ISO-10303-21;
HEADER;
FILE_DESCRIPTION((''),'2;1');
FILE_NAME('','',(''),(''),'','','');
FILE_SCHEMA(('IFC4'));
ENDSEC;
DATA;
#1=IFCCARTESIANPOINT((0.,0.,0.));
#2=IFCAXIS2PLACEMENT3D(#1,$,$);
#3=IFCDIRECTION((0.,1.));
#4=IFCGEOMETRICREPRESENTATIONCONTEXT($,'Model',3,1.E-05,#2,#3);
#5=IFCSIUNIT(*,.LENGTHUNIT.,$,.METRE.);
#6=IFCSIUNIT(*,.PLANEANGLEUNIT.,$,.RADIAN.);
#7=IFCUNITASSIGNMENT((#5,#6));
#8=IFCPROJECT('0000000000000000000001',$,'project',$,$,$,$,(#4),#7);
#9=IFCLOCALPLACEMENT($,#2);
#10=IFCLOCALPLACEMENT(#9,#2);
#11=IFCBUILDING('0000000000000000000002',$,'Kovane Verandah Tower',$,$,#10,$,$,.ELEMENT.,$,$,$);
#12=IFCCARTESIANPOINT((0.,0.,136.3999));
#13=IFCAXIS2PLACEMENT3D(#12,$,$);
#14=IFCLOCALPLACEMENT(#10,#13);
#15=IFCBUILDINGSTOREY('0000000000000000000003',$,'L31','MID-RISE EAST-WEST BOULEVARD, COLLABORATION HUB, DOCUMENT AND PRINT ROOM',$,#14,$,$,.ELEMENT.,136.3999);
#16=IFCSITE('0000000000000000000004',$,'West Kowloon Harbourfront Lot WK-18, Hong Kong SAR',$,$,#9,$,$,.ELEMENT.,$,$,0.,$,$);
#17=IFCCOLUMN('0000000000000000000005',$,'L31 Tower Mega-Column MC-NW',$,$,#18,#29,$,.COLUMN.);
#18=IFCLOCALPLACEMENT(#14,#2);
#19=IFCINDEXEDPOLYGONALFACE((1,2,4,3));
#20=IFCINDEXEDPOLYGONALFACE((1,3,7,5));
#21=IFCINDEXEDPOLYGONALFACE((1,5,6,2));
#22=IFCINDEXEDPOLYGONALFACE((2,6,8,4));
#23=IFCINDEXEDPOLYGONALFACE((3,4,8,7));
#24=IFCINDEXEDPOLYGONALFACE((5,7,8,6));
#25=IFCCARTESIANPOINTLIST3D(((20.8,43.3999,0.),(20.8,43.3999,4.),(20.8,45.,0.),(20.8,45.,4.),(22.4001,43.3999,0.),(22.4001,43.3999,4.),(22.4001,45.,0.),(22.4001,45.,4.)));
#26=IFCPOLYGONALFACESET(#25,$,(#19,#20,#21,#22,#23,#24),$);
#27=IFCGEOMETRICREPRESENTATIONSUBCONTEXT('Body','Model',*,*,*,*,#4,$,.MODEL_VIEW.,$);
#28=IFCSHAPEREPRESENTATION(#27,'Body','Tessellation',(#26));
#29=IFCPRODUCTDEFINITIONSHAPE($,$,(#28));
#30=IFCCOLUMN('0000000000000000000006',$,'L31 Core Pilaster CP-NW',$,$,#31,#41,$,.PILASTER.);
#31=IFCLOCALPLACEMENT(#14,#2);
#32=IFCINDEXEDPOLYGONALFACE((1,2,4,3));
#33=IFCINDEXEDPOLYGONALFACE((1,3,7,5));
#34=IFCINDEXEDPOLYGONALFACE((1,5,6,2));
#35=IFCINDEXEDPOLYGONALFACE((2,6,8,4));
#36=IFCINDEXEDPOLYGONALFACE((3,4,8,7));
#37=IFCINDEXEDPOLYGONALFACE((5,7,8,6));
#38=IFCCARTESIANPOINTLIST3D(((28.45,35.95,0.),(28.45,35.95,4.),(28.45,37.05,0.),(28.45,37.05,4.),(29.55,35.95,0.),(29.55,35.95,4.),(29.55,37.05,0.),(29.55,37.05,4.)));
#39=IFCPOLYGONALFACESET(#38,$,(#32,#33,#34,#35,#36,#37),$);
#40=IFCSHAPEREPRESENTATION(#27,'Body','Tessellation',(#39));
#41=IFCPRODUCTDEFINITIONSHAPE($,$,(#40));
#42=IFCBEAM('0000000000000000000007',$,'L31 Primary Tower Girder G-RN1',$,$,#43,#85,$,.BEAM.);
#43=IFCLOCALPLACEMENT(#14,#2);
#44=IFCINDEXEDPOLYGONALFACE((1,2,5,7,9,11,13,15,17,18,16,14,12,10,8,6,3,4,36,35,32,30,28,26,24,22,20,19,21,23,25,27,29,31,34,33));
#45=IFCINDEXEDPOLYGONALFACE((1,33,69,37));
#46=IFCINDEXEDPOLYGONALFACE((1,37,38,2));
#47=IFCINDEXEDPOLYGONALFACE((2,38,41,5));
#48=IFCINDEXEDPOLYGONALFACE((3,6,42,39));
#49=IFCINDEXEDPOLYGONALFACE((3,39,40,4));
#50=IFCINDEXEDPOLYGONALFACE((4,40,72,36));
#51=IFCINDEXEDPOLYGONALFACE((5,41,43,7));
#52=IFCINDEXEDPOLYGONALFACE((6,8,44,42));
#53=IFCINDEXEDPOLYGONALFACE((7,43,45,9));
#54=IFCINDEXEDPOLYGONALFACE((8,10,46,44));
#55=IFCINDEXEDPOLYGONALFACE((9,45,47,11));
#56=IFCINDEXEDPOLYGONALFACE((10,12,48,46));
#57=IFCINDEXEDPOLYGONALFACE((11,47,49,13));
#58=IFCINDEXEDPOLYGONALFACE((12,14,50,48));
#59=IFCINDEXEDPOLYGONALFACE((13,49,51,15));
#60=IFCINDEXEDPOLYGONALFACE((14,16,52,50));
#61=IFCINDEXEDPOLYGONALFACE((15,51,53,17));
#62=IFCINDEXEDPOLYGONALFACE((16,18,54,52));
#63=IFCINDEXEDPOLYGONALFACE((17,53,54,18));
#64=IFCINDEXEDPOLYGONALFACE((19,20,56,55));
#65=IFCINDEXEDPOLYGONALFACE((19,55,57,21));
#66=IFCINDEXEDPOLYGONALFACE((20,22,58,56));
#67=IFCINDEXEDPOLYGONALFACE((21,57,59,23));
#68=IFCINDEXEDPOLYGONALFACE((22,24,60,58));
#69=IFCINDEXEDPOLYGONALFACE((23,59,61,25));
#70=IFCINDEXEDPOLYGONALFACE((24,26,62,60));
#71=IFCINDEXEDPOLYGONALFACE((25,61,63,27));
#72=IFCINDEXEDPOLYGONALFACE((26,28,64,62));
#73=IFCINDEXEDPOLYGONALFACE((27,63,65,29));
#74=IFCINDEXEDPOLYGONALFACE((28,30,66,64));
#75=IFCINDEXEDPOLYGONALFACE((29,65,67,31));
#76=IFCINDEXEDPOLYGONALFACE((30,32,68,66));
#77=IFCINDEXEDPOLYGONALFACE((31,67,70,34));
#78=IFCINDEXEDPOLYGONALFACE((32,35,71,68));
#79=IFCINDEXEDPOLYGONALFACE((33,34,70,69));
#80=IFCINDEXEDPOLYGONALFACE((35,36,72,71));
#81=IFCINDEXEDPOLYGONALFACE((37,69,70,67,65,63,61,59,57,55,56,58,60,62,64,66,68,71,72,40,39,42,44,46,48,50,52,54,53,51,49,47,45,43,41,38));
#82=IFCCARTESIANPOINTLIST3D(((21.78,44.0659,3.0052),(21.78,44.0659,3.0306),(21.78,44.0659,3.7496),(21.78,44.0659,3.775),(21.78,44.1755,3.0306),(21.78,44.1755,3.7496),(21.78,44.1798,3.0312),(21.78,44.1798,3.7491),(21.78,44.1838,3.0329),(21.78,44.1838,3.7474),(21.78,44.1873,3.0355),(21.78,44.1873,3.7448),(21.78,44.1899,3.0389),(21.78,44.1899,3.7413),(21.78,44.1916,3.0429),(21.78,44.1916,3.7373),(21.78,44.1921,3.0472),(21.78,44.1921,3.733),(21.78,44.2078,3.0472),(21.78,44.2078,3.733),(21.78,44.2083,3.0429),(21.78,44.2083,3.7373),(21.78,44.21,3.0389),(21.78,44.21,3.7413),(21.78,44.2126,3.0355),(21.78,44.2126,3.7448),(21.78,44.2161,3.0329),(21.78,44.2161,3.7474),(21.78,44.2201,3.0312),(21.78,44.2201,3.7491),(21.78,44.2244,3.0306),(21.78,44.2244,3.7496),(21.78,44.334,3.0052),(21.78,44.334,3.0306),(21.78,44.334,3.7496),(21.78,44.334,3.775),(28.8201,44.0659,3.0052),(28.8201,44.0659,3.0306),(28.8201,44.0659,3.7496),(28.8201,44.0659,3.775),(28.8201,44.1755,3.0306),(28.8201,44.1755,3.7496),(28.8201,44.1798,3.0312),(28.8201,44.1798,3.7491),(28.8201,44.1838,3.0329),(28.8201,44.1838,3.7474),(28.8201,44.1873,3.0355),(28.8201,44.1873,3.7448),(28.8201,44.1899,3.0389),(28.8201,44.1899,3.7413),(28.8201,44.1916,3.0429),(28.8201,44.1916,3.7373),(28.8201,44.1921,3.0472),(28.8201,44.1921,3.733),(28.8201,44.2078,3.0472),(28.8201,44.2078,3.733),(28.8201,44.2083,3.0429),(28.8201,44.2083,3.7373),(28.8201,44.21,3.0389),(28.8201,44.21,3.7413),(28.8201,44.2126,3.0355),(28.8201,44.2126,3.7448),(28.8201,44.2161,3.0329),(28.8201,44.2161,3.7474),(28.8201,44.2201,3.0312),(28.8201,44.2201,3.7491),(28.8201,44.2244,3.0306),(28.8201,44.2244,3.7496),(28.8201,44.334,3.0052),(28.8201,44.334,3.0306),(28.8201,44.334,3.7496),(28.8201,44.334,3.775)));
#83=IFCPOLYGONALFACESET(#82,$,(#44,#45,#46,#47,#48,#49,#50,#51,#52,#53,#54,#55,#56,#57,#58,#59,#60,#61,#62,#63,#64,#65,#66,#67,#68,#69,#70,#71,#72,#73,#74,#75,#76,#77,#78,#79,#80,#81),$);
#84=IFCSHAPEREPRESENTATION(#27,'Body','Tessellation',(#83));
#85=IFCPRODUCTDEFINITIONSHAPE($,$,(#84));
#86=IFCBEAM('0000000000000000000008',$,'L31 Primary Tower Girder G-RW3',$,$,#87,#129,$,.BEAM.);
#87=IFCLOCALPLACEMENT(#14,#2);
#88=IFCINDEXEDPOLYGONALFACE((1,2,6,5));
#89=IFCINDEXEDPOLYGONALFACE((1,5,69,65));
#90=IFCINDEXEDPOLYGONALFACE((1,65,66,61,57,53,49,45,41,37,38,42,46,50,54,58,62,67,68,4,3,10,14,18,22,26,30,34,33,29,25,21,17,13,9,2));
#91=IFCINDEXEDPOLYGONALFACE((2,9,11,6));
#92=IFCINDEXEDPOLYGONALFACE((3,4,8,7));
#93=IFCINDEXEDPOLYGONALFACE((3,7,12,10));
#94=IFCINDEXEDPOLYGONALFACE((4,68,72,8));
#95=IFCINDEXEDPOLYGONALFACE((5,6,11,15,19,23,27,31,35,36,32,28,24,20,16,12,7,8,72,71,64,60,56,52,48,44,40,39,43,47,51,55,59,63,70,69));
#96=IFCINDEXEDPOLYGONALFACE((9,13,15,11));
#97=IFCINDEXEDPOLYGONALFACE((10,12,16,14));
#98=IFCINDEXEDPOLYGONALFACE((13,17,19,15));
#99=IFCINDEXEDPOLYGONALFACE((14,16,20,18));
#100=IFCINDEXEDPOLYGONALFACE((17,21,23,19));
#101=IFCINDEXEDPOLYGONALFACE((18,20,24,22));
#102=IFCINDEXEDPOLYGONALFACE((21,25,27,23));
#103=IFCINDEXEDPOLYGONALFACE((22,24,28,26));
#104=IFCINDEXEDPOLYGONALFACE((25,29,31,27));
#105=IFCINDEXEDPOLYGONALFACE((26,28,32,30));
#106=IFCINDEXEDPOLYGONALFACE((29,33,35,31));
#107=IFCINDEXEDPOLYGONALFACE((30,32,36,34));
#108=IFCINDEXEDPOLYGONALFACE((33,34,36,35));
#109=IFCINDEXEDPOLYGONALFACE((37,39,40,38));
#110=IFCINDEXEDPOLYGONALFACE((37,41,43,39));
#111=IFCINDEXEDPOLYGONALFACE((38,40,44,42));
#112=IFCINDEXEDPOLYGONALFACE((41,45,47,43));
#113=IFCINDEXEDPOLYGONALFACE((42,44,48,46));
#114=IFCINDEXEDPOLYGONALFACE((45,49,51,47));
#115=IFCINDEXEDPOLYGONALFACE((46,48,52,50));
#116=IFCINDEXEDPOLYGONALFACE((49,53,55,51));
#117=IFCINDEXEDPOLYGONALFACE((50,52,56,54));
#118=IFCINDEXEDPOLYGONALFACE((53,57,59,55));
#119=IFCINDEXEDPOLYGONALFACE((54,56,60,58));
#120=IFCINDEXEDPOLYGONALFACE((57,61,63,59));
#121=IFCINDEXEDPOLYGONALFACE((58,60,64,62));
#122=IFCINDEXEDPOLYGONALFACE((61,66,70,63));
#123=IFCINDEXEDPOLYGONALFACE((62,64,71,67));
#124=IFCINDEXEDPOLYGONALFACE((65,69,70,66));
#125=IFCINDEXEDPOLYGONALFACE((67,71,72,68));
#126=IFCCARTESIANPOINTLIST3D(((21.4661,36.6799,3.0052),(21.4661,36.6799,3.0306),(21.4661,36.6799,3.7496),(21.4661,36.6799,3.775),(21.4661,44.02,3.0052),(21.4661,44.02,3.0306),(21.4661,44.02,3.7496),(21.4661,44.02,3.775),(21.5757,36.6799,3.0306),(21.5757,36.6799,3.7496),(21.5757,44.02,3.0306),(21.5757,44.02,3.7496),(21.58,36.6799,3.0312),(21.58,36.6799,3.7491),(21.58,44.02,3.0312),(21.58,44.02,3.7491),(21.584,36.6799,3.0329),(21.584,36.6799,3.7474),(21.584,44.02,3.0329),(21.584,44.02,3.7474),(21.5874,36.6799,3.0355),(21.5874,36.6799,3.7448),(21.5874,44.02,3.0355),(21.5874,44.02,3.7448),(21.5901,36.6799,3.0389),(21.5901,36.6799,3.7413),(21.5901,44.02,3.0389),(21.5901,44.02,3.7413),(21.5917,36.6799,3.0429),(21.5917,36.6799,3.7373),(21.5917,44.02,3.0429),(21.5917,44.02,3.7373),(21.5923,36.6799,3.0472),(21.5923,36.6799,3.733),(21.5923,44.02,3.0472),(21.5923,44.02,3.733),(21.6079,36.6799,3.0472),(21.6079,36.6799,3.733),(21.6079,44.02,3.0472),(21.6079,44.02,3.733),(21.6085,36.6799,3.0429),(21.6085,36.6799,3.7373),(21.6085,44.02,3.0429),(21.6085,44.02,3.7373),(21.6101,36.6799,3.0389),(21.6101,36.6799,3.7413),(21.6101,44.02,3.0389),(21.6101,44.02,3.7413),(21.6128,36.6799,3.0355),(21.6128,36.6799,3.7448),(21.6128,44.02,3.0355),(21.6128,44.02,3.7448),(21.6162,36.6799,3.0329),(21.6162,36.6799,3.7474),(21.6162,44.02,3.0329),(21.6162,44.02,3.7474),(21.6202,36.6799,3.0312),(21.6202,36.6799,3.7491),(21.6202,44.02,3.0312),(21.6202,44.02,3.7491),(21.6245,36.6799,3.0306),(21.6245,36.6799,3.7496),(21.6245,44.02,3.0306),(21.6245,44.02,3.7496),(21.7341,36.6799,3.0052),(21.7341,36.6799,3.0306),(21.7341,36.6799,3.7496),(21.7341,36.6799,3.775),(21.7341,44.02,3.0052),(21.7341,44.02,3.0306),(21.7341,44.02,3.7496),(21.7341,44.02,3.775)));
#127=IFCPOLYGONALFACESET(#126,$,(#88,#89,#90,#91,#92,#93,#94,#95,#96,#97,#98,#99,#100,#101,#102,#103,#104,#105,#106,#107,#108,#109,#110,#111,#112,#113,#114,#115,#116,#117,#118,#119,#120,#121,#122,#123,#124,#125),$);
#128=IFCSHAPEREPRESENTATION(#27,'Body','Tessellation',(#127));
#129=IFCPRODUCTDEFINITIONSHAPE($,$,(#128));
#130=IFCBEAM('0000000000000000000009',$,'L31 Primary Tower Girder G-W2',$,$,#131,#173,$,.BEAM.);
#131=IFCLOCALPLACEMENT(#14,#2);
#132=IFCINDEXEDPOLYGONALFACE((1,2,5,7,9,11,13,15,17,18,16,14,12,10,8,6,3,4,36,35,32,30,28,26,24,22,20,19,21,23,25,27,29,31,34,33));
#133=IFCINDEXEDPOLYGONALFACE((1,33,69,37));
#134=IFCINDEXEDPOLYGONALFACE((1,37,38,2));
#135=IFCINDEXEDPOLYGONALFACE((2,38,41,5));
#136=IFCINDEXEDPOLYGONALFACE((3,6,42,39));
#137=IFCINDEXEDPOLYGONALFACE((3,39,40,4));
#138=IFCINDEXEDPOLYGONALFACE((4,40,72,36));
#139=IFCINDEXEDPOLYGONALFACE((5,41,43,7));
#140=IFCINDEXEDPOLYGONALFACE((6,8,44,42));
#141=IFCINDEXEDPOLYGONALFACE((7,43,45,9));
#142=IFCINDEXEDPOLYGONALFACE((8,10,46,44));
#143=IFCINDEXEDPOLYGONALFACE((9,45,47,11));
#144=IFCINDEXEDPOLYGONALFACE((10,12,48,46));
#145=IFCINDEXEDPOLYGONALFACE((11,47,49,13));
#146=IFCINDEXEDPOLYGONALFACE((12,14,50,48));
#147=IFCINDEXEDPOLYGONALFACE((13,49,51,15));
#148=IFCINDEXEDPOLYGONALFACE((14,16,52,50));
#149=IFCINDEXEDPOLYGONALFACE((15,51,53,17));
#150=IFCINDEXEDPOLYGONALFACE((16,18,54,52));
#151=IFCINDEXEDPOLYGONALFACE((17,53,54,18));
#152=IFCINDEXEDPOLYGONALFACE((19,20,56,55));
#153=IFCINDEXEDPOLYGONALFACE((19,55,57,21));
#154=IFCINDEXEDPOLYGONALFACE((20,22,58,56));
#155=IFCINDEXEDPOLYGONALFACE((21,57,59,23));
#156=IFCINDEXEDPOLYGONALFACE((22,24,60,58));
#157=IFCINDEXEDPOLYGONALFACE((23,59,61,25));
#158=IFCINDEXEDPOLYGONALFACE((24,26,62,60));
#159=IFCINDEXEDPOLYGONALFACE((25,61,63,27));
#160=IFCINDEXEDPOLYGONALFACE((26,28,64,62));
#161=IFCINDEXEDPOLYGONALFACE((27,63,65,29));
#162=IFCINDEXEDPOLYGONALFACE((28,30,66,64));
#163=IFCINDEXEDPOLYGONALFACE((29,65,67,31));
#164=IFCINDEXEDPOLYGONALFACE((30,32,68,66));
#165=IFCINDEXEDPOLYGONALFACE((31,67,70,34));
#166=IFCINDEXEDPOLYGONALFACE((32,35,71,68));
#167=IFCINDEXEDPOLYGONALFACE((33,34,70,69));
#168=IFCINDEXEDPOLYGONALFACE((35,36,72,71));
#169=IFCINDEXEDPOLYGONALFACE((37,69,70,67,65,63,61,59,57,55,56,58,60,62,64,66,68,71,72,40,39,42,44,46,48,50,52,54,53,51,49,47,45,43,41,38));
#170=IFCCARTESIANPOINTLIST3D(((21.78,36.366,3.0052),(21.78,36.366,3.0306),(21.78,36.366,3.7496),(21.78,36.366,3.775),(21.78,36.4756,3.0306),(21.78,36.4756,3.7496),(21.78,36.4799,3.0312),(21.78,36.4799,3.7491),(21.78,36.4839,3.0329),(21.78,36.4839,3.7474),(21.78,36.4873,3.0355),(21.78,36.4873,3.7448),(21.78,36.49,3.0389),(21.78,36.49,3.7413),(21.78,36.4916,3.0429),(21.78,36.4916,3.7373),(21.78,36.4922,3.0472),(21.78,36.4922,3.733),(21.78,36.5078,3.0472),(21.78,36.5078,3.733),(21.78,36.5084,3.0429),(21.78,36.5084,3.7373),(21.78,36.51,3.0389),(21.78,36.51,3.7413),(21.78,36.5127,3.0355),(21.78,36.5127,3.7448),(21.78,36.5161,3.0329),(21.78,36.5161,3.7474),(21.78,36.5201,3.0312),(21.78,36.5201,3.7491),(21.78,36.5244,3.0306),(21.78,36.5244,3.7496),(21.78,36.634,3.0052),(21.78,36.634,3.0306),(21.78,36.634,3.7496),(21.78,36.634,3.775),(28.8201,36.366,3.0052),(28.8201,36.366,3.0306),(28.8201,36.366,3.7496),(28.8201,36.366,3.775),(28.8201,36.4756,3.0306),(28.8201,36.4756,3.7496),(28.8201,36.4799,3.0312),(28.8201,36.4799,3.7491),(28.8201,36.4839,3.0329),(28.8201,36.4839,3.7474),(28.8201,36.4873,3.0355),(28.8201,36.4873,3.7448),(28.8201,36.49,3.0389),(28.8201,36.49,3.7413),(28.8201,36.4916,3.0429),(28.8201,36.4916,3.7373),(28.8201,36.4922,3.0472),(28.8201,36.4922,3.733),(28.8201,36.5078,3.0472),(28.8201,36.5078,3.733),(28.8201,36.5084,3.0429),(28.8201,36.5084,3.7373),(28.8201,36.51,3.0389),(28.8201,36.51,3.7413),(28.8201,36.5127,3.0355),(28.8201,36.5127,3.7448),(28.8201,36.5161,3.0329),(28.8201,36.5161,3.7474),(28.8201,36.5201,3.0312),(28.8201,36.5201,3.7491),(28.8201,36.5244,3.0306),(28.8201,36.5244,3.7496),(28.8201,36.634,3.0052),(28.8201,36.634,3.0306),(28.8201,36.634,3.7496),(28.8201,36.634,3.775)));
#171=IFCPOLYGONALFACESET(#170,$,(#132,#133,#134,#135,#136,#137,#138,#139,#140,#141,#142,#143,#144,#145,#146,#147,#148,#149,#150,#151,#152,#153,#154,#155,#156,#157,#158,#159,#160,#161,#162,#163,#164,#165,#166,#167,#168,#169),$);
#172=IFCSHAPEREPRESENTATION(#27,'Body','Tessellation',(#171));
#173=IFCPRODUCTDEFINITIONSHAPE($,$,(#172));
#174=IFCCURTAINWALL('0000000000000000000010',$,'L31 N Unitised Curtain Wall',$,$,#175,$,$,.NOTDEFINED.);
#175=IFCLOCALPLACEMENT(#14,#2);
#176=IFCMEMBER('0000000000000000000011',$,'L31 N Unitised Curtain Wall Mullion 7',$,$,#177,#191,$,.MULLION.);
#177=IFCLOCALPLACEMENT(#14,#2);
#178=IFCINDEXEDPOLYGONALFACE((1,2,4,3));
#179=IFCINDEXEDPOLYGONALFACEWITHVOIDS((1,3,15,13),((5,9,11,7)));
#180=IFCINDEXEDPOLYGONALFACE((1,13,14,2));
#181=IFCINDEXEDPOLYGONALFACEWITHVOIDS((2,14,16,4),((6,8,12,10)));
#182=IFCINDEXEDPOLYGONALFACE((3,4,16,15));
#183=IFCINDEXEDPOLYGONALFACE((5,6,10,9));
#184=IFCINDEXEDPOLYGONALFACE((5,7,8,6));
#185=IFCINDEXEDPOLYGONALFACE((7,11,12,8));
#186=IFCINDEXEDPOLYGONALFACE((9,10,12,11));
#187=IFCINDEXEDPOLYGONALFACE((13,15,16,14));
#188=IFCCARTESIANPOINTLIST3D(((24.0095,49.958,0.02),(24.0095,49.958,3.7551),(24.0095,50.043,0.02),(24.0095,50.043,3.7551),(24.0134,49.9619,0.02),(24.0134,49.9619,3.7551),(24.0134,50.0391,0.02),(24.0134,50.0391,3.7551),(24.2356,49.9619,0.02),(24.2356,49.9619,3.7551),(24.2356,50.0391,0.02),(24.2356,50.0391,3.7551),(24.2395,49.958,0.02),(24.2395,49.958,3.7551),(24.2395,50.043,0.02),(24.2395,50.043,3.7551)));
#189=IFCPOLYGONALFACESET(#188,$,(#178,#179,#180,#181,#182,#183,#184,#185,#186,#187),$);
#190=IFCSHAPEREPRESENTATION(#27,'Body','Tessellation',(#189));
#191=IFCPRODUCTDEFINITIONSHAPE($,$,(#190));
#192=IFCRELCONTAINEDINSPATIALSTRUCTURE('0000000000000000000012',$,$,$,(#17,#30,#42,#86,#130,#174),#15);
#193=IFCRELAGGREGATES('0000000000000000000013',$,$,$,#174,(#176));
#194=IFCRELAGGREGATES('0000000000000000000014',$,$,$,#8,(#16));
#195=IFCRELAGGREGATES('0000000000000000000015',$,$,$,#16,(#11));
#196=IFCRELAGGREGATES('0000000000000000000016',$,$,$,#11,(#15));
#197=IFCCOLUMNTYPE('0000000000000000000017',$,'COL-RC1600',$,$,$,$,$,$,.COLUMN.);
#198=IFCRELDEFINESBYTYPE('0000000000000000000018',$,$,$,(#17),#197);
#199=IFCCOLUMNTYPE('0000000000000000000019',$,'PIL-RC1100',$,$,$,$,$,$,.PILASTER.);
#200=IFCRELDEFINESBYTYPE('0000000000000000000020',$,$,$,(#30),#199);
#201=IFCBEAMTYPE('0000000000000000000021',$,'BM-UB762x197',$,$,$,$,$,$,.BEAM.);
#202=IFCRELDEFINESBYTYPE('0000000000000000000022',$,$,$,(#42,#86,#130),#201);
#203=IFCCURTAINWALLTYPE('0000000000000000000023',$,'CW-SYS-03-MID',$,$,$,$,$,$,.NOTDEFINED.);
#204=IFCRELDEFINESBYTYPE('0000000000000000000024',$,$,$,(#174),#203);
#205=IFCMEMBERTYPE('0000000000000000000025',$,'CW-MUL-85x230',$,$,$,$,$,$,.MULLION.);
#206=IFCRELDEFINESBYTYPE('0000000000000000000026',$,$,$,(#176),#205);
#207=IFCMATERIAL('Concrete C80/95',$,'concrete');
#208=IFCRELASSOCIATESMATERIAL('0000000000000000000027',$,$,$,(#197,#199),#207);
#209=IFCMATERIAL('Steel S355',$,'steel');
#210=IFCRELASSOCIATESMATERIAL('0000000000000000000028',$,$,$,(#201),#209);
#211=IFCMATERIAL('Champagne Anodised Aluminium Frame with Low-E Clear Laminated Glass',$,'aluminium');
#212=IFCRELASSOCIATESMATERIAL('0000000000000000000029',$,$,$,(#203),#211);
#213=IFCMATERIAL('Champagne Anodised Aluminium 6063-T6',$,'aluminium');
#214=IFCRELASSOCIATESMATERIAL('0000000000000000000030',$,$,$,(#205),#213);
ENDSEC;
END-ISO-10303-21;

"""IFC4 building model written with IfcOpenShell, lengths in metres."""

from ifc_helpers import new_model, si_unit, direction, frame, origin, origin_2d, place, context, subcontext, project, spatial, rectangle, hollow_rectangle, i_section, extrude, material, material_profile, profile_set, type_object, element, aggregate, save


model = new_model("IFC4")

# Units and contexts
model_context = context("Model", 3, precision=1e-05, world=origin(), true_north=direction((0.0, 1.0)))
body_context = subcontext(model_context, "Body", "Model", "MODEL_VIEW")
ifc_project = project(units=[si_unit("LENGTHUNIT", "METRE"), si_unit("PLANEANGLEUNIT", "RADIAN")], contexts=[model_context])

# Site, building, storey
site_placement = place(None, origin())
site = spatial("IfcSite", under=ifc_project, at=site_placement, Name="West Kowloon Harbourfront Lot WK-18, Hong Kong SAR", CompositionType="ELEMENT", RefElevation=0.0)
building_placement = place(site_placement, origin())
building = spatial("IfcBuilding", under=site, at=building_placement, Name="Kovane Verandah Tower", CompositionType="ELEMENT")
storey_placement = place(building_placement, frame((0.0, 0.0, 136.3999)))
storey = spatial("IfcBuildingStorey", under=building, at=storey_placement, Name="L31", Description="MID-RISE EAST-WEST BOULEVARD, COLLABORATION HUB, DOCUMENT AND PRINT ROOM", CompositionType="ELEMENT", Elevation=136.3999)

# Columns
ifc_material_1 = material(Name="Concrete C80/95", Category="concrete")
ifc_material_profile_1 = material_profile(ifc_material_1, rectangle(XDim=1.6001, YDim=1.6001, at=origin_2d()), Name="RC1600x1600")
ifc_profile_set_1 = profile_set([ifc_material_profile_1], Name="Concrete C80/95")
column_type_1 = type_object("IfcColumnType", Name="COL-RC1600", PredefinedType="COLUMN", material=ifc_profile_set_1)
column_1_placement = place(storey_placement, frame((21.6001, 44.2, 0.0), z_axis=(0.0, 0.0, 1.0), x_axis=(1.0, 0.0, 0.0)))
element("IfcColumn", 1, at=column_1_placement, inside=storey, type_object=column_type_1, Name="L31 Tower Mega-Column MC-NW", PredefinedType="COLUMN", context=body_context, shape_type="SweptSolid", body=[
    extrude(rectangle(XDim=1.6001, YDim=1.6001, at=origin_2d()), origin(), (0.0, 0.0, 1.0), 4.0),
])
ifc_material_profile_2 = material_profile(ifc_material_1, rectangle(XDim=1.1001, YDim=1.1001, at=origin_2d()), Name="RC1100x1100")
ifc_profile_set_2 = profile_set([ifc_material_profile_2], Name="Concrete C80/95")
column_type_2 = type_object("IfcColumnType", Name="PIL-RC1100", PredefinedType="PILASTER", material=ifc_profile_set_2)
column_2_placement = place(storey_placement, frame((29.0, 36.5, 0.0), z_axis=(0.0, 0.0, 1.0), x_axis=(1.0, 0.0, 0.0)))
element("IfcColumn", 2, at=column_2_placement, inside=storey, type_object=column_type_2, Name="L31 Core Pilaster CP-NW", PredefinedType="PILASTER", context=body_context, shape_type="SweptSolid", body=[
    extrude(rectangle(XDim=1.1001, YDim=1.1001, at=origin_2d()), origin(), (0.0, 0.0, 1.0), 4.0),
])

# Beams
ifc_material_2 = material(Name="Steel S355", Category="steel")
ifc_material_profile_3 = material_profile(ifc_material_2, i_section(OverallWidth=0.2681, OverallDepth=0.7698, WebThickness=0.0156, FlangeThickness=0.0254, FilletRadius=0.0166, at=origin_2d()), Name="UB762x267x197")
ifc_profile_set_3 = profile_set([ifc_material_profile_3], Name="Steel S355")
beam_type_1 = type_object("IfcBeamType", Name="BM-UB762x197", PredefinedType="BEAM", material=ifc_profile_set_3)
beam_1_placement = place(storey_placement, frame((21.78, 44.2, 3.3901), z_axis=(1.0, 0.0, 0.0), x_axis=(0.0, 1.0, 0.0)))
element("IfcBeam", 3, at=beam_1_placement, inside=storey, type_object=beam_type_1, Name="L31 Primary Tower Girder G-RN1", PredefinedType="BEAM", context=body_context, shape_type="SweptSolid", body=[
    extrude(i_section(OverallWidth=0.2681, OverallDepth=0.7698, WebThickness=0.0156, FlangeThickness=0.0254, FilletRadius=0.0166, at=origin_2d()), origin(), (0.0, 0.0, 1.0), 7.04),
])
beam_2_placement = place(storey_placement, frame((21.6001, 36.6799, 3.3901), z_axis=(0.0, 1.0, 0.0), x_axis=(-1.0, 0.0, 0.0)))
element("IfcBeam", 4, at=beam_2_placement, inside=storey, type_object=beam_type_1, Name="L31 Primary Tower Girder G-RW3", PredefinedType="BEAM", context=body_context, shape_type="SweptSolid", body=[
    extrude(i_section(OverallWidth=0.2681, OverallDepth=0.7698, WebThickness=0.0156, FlangeThickness=0.0254, FilletRadius=0.0166, at=origin_2d()), origin(), (0.0, 0.0, 1.0), 7.3401),
])
beam_3_placement = place(storey_placement, frame((28.8201, 36.5, 3.3901), z_axis=(-1.0, 0.0, 0.0), x_axis=(0.0, -1.0, 0.0)))
element("IfcBeam", 5, at=beam_3_placement, inside=storey, type_object=beam_type_1, Name="L31 Primary Tower Girder G-W2", PredefinedType="BEAM", context=body_context, shape_type="SweptSolid", body=[
    extrude(i_section(OverallWidth=0.2681, OverallDepth=0.7698, WebThickness=0.0156, FlangeThickness=0.0254, FilletRadius=0.0166, at=origin_2d()), origin(), (0.0, 0.0, 1.0), 7.04),
])

# Curtain wall, member
ifc_material_3 = material(Name="Champagne Anodised Aluminium Frame with Low-E Clear Laminated Glass", Category="aluminium")
curtain_wall_type = type_object("IfcCurtainWallType", Name="CW-SYS-03-MID", PredefinedType="NOTDEFINED", material=ifc_material_3)
curtain_wall_placement = place(storey_placement, origin())
curtain_wall = element("IfcCurtainWall", 6, at=curtain_wall_placement, inside=storey, type_object=curtain_wall_type, Name="L31 N Unitised Curtain Wall", PredefinedType="NOTDEFINED")
ifc_material_4 = material(Name="Champagne Anodised Aluminium 6063-T6", Category="aluminium")
ifc_material_profile_4 = material_profile(ifc_material_4, hollow_rectangle(XDim=0.085, YDim=0.23, WallThickness=0.0039, at=origin_2d()), Name="AL85x230x4")
ifc_profile_set_4 = profile_set([ifc_material_profile_4], Name="Champagne Anodised Aluminium 6063-T6")
member_type_1 = type_object("IfcMemberType", Name="CW-MUL-85x230", PredefinedType="MULLION", material=ifc_profile_set_4)
member_1_placement = place(storey_placement, frame((24.1245, 50.0005, 0.02), z_axis=(0.0, 0.0, 1.0), x_axis=(0.0, 1.0, 0.0)))
member_1 = element("IfcMember", 7, at=member_1_placement, type_object=member_type_1, Name="L31 N Unitised Curtain Wall Mullion 7", PredefinedType="MULLION", context=body_context, shape_type="SweptSolid", body=[
    extrude(hollow_rectangle(XDim=0.085, YDim=0.23, WallThickness=0.0039, at=origin_2d()), origin(), (0.0, 0.0, 1.0), 3.7351),
])

aggregate(curtain_wall, [member_1])

save(model, "model.ifc")
